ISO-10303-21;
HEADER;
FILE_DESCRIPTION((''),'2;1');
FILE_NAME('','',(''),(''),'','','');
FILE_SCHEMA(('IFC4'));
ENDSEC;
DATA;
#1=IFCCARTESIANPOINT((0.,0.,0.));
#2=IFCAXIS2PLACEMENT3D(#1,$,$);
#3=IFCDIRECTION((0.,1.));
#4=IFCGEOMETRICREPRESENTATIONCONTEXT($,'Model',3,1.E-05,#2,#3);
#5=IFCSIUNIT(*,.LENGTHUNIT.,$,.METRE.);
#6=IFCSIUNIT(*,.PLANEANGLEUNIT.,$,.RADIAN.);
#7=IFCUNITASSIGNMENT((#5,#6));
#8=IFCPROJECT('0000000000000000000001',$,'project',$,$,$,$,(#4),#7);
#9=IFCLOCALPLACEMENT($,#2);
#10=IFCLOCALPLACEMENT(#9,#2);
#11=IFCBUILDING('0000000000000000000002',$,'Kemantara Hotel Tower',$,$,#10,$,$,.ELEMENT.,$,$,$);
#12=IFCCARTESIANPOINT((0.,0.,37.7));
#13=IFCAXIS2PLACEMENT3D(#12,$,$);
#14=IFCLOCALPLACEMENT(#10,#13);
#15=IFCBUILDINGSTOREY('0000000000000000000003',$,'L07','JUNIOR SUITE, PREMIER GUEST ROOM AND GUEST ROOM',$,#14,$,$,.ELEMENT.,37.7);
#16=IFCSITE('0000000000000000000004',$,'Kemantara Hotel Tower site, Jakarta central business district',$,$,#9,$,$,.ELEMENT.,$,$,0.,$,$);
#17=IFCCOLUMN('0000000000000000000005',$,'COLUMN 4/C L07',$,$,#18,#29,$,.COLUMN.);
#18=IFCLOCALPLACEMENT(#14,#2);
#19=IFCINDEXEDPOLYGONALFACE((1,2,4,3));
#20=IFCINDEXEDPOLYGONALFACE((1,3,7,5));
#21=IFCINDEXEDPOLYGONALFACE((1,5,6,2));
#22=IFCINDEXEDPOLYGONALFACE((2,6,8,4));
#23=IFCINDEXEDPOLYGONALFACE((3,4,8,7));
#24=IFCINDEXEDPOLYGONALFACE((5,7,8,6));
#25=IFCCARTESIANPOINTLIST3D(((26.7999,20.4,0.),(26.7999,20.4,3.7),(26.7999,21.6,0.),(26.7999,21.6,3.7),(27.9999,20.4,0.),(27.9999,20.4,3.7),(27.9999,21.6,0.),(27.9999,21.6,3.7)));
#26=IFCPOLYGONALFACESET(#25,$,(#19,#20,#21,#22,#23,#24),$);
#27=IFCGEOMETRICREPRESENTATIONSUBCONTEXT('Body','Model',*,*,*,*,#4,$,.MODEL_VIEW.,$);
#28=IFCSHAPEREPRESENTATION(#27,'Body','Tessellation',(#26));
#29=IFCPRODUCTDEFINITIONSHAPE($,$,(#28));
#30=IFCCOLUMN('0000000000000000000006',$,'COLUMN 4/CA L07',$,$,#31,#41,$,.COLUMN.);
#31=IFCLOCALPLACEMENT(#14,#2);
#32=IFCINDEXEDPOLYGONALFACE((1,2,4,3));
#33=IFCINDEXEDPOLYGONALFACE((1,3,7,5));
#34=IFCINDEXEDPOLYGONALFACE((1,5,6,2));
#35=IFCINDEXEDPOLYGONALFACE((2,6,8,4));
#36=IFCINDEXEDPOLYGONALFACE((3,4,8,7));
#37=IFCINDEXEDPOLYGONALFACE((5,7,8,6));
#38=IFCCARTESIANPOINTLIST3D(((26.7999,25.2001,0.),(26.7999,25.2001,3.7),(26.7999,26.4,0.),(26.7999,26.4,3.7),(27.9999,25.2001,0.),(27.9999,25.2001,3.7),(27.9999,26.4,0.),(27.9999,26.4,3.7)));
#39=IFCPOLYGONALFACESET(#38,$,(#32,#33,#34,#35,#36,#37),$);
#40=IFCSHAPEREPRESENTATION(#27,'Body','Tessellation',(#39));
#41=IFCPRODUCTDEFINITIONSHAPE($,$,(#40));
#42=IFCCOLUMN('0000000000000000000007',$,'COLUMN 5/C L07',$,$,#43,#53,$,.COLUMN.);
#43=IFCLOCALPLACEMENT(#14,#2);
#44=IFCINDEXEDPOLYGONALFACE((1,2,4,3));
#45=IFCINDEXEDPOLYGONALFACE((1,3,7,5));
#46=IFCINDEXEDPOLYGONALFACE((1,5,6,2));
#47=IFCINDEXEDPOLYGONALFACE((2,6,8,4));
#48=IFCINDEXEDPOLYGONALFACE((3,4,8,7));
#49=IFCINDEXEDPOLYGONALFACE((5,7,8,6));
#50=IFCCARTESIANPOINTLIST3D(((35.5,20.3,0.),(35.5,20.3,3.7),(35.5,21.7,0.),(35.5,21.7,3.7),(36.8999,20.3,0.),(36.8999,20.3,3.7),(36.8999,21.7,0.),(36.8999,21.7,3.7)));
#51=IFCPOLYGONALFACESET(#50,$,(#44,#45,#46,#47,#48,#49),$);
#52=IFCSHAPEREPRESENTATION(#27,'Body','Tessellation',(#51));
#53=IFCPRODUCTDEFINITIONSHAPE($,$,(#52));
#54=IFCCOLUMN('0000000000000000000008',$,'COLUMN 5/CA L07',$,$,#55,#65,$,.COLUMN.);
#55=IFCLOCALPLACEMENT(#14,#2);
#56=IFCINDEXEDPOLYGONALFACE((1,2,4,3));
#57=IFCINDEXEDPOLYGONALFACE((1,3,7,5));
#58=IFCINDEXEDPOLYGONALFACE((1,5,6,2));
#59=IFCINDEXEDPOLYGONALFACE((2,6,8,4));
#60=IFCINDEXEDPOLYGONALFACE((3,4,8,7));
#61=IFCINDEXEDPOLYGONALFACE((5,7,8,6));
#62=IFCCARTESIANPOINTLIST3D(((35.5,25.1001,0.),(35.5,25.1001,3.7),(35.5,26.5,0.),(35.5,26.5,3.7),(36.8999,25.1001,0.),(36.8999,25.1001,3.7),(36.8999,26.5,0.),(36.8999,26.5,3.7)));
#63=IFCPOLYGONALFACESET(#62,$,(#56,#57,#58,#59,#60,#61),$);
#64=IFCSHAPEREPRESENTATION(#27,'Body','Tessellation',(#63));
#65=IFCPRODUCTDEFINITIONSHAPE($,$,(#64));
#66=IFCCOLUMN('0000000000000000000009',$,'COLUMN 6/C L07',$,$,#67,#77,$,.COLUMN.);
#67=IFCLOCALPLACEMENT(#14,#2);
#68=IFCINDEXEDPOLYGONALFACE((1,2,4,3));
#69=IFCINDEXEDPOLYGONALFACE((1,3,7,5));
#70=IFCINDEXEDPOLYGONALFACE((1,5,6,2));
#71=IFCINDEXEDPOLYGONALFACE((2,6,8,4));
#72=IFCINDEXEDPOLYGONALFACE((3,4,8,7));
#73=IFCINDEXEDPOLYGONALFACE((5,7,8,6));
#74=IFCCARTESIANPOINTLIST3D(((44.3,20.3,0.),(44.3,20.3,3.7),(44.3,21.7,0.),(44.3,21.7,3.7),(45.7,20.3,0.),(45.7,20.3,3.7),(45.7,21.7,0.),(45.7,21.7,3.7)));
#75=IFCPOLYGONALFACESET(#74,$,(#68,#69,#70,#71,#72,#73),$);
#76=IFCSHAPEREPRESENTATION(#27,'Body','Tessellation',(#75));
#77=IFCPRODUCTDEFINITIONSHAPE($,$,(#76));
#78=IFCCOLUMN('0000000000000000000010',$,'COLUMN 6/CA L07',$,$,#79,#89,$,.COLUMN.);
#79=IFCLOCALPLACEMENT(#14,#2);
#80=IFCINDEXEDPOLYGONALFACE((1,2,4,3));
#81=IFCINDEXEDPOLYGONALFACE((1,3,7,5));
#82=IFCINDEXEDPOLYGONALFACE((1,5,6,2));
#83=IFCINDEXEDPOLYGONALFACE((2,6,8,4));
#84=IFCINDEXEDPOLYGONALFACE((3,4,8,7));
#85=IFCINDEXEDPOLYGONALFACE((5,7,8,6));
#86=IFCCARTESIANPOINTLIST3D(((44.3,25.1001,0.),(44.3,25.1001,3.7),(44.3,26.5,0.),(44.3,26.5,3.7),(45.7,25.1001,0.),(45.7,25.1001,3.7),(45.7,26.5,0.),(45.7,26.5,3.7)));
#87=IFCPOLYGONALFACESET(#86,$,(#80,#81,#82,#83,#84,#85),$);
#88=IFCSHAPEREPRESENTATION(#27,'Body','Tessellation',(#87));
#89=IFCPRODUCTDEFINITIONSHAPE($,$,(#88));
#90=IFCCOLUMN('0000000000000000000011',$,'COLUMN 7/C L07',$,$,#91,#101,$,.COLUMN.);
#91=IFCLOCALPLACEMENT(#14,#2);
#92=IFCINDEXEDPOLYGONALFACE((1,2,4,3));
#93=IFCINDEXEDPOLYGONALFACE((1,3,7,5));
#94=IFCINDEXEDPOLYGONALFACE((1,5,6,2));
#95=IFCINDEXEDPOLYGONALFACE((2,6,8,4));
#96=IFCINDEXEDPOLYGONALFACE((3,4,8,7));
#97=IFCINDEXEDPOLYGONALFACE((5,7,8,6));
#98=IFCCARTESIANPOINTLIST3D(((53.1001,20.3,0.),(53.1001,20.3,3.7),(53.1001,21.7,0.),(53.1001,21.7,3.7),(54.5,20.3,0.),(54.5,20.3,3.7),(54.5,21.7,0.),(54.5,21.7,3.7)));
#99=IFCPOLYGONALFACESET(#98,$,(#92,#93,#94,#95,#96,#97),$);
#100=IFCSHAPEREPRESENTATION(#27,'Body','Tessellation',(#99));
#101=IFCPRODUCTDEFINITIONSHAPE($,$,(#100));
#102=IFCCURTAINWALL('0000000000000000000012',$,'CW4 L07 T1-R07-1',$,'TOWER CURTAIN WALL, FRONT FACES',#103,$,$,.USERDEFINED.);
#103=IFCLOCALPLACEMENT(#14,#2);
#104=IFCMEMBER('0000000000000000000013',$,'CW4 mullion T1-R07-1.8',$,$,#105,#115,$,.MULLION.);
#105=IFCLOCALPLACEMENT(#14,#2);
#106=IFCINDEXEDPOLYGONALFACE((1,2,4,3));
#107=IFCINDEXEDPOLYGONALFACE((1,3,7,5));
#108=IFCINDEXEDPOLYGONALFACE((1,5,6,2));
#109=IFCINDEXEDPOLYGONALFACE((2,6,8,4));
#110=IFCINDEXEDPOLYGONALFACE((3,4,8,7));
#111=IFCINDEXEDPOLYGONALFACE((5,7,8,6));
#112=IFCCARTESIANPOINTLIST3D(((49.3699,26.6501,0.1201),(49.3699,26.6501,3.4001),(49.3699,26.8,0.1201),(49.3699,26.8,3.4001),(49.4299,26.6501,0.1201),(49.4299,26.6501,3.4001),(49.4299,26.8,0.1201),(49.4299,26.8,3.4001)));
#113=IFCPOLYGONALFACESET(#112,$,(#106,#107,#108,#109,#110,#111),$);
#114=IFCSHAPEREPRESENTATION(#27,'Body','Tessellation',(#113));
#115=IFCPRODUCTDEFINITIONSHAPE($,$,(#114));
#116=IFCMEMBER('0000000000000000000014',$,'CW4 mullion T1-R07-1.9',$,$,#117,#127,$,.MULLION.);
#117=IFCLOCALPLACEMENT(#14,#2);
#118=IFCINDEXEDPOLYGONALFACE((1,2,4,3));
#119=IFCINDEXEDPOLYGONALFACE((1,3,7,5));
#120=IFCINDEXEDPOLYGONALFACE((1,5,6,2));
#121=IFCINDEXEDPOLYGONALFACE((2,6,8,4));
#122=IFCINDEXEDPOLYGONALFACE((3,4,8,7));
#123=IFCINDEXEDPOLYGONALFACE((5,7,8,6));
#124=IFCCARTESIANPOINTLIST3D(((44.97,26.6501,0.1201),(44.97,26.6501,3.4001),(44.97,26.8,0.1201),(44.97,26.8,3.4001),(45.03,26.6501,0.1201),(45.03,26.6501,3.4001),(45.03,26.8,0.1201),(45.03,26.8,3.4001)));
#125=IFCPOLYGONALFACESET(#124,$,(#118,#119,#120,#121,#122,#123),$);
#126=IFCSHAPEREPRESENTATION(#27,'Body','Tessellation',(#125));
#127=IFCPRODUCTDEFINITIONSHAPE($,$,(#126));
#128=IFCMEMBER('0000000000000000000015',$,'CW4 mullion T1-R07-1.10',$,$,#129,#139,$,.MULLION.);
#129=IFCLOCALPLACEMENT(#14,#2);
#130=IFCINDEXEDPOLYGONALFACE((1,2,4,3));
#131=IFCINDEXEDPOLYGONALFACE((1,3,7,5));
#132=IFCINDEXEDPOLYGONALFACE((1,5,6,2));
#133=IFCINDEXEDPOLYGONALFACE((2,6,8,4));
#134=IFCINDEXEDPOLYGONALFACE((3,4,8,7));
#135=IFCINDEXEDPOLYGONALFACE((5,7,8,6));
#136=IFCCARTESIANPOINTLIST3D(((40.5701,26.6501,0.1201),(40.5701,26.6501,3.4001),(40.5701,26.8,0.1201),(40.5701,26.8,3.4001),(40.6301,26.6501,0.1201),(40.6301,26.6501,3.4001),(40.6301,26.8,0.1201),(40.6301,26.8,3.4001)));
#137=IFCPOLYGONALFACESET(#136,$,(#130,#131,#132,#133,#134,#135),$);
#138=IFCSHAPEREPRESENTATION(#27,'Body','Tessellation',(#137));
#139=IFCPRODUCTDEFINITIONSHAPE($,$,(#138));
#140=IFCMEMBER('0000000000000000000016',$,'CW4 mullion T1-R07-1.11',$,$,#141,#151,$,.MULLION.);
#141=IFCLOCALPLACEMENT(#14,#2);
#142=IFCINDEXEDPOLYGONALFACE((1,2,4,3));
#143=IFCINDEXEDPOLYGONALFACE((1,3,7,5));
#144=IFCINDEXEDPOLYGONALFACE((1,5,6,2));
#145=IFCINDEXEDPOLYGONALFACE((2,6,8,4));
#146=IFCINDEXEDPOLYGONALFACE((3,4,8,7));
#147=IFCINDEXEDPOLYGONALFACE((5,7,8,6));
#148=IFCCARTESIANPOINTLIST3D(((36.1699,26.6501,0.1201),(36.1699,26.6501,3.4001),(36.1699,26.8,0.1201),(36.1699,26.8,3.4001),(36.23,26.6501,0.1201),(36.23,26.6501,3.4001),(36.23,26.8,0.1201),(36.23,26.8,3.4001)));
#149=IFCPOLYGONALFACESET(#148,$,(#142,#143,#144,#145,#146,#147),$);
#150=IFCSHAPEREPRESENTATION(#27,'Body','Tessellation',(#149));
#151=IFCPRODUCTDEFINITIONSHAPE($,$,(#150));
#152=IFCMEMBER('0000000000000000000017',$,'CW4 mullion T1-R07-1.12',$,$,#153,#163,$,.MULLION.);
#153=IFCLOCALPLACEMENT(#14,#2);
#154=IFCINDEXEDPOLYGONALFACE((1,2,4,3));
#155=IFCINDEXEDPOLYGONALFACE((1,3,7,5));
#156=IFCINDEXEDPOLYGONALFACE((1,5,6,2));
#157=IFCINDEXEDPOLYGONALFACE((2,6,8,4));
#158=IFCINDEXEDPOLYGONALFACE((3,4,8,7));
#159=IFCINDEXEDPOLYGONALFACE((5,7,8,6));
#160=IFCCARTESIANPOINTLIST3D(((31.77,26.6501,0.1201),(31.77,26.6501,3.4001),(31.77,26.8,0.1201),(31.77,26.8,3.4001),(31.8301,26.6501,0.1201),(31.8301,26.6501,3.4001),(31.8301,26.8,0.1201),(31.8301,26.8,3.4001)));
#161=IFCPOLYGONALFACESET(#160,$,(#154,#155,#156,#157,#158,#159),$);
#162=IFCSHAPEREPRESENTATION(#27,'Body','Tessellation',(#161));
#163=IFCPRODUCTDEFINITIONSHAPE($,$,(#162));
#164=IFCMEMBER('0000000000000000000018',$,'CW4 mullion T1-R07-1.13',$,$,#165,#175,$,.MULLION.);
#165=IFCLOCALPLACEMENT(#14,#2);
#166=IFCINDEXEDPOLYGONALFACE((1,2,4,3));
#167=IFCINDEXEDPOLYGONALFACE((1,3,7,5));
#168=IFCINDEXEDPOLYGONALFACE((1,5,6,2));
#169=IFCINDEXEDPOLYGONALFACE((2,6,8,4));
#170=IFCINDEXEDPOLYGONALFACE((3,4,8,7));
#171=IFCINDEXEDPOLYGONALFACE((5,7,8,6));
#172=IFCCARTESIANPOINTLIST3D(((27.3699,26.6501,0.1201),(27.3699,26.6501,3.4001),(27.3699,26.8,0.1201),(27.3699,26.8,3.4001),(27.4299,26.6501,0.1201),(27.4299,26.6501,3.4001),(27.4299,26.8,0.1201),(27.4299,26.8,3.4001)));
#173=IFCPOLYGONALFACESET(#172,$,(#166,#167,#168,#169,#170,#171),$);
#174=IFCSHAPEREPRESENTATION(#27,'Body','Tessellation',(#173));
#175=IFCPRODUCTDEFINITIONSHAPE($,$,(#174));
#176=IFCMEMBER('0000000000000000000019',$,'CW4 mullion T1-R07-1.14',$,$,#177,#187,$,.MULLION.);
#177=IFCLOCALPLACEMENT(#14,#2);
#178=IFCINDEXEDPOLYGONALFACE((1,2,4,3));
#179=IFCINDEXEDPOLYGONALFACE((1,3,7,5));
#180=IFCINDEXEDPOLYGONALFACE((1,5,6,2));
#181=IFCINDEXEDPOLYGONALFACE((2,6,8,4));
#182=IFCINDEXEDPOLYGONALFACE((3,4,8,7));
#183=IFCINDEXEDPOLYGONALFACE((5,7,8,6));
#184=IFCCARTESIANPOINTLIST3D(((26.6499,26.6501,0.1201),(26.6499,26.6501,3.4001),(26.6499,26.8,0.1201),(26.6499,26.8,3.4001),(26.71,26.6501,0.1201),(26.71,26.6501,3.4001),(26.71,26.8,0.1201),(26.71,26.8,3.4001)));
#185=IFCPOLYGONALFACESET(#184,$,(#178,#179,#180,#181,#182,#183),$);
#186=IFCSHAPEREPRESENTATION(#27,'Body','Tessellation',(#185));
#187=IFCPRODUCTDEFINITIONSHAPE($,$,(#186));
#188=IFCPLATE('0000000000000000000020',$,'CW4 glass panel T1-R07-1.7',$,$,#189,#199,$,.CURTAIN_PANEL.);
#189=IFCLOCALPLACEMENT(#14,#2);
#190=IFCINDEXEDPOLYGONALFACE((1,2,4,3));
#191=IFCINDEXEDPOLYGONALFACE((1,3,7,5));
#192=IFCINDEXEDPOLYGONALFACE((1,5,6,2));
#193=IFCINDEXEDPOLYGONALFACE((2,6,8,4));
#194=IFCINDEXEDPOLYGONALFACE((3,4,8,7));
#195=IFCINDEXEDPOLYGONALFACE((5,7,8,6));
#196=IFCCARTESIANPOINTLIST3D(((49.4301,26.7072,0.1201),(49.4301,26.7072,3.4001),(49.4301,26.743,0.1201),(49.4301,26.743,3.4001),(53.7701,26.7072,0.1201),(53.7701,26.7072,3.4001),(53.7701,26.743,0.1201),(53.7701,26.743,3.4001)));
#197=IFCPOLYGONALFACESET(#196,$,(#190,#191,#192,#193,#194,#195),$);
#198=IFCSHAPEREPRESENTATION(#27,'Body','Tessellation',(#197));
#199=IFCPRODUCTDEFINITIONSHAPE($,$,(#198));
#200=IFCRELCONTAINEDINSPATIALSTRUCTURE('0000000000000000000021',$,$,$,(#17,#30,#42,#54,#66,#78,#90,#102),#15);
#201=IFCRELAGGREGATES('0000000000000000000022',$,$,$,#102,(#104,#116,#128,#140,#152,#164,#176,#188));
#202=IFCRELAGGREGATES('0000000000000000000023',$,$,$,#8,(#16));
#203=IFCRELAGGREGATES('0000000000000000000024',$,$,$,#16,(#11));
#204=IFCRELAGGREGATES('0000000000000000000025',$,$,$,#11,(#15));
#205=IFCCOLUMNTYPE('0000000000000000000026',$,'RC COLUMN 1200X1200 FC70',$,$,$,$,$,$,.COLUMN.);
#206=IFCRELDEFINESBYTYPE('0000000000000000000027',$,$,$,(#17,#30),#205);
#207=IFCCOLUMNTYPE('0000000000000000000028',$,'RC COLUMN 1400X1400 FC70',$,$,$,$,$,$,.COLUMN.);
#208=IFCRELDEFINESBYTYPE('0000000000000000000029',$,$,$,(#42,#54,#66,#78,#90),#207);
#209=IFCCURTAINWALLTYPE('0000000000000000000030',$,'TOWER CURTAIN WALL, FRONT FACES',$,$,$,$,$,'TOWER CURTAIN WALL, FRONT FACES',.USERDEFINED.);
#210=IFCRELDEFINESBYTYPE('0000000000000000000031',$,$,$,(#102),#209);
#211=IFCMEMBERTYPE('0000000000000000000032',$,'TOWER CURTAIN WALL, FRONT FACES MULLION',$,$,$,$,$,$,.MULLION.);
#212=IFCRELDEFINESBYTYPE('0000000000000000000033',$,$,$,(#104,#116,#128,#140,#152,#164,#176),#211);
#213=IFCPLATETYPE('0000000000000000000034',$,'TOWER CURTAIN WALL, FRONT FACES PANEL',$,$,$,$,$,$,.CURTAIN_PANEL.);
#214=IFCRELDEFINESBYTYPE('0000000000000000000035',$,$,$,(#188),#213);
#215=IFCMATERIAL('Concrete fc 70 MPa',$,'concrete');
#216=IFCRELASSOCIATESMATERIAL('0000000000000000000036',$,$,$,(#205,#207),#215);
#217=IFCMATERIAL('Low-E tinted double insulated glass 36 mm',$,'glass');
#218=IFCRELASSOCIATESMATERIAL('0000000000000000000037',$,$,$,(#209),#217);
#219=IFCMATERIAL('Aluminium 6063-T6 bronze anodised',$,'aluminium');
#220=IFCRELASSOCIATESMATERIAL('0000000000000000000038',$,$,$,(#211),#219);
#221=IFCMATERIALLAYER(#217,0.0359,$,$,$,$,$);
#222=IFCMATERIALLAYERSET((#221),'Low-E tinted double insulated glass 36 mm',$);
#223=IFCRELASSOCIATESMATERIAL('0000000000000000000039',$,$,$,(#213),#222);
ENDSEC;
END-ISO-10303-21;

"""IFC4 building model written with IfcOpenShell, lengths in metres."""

from ifc_helpers import new_model, si_unit, direction, frame, origin, origin_2d, place, context, subcontext, project, spatial, rectangle, extrude, source, transform, mapped, material, layer, layer_set, material_profile, profile_set, type_object, element, aggregate, save


model = new_model("IFC4")

# Units and contexts
model_context = context("Model", 3, precision=1e-05, world=origin(), true_north=direction((0.0, 1.0)))
body_context = subcontext(model_context, "Body", "Model", "MODEL_VIEW")
ifc_project = project(units=[si_unit("LENGTHUNIT", "METRE"), si_unit("PLANEANGLEUNIT", "RADIAN")], contexts=[model_context])

# Site, building, storey
site_placement = place(None, origin())
site = spatial("IfcSite", under=ifc_project, at=site_placement, Name="Kemantara Hotel Tower site, Jakarta central business district", CompositionType="ELEMENT", RefElevation=0.0)
building_placement = place(site_placement, origin())
building = spatial("IfcBuilding", under=site, at=building_placement, Name="Kemantara Hotel Tower", CompositionType="ELEMENT")
storey_placement = place(building_placement, frame((0.0, 0.0, 37.7)))
storey = spatial("IfcBuildingStorey", under=building, at=storey_placement, Name="L07", Description="JUNIOR SUITE, PREMIER GUEST ROOM AND GUEST ROOM", CompositionType="ELEMENT", Elevation=37.7)

# Columns
ifc_material_1 = material(Name="Concrete fc 70 MPa", Category="concrete")
ifc_material_profile_1 = material_profile(ifc_material_1, rectangle(XDim=1.2, YDim=1.2, at=origin_2d()), Name="RC 1200X1200")
ifc_profile_set_1 = profile_set([ifc_material_profile_1], Name="Concrete fc 70 MPa")
column_type_1 = type_object("IfcColumnType", Name="RC COLUMN 1200X1200 FC70", PredefinedType="COLUMN", material=ifc_profile_set_1)
for number, where, z_axis, x_axis, name in (
    (1, (27.3999, 21.0, 0.0), (0.0, 0.0, 1.0), (1.0, 0.0, 0.0), "COLUMN 4/C L07"),
    (2, (27.3999, 25.8, 0.0), (0.0, 0.0, 1.0), (1.0, 0.0, 0.0), "COLUMN 4/CA L07"),
):
    element("IfcColumn", number, at=place(storey_placement, frame(where, z_axis=z_axis, x_axis=x_axis)), inside=storey, type_object=column_type_1, Name=name, PredefinedType="COLUMN", context=body_context, shape_type="SweptSolid", body=[
        extrude(rectangle(XDim=1.2, YDim=1.2, at=origin_2d()), origin(), (0.0, 0.0, 1.0), 3.7),
    ])
ifc_material_profile_2 = material_profile(ifc_material_1, rectangle(XDim=1.3999, YDim=1.3999, at=origin_2d()), Name="RC 1400X1400")
ifc_profile_set_2 = profile_set([ifc_material_profile_2], Name="Concrete fc 70 MPa")
column_type_2 = type_object("IfcColumnType", Name="RC COLUMN 1400X1400 FC70", PredefinedType="COLUMN", material=ifc_profile_set_2)
for number, where, z_axis, x_axis, name in (
    (3, (36.2, 21.0, 0.0), (0.0, 0.0, 1.0), (1.0, 0.0, 0.0), "COLUMN 5/C L07"),
    (4, (36.2, 25.8, 0.0), (0.0, 0.0, 1.0), (1.0, 0.0, 0.0), "COLUMN 5/CA L07"),
    (5, (45.0, 21.0, 0.0), (0.0, 0.0, 1.0), (1.0, 0.0, 0.0), "COLUMN 6/C L07"),
    (6, (45.0, 25.8, 0.0), (0.0, 0.0, 1.0), (1.0, 0.0, 0.0), "COLUMN 6/CA L07"),
    (7, (53.8, 21.0, 0.0), (0.0, 0.0, 1.0), (1.0, 0.0, 0.0), "COLUMN 7/C L07"),
):
    element("IfcColumn", number, at=place(storey_placement, frame(where, z_axis=z_axis, x_axis=x_axis)), inside=storey, type_object=column_type_2, Name=name, PredefinedType="COLUMN", context=body_context, shape_type="SweptSolid", body=[
        extrude(rectangle(XDim=1.3999, YDim=1.3999, at=origin_2d()), origin(), (0.0, 0.0, 1.0), 3.7),
    ])

# Curtain wall, members, plate
ifc_material_2 = material(Name="Low-E tinted double insulated glass 36 mm", Category="glass")
curtain_wall_type = type_object("IfcCurtainWallType", Name="TOWER CURTAIN WALL, FRONT FACES", ElementType="TOWER CURTAIN WALL, FRONT FACES", PredefinedType="USERDEFINED", material=ifc_material_2)
curtain_wall_placement = place(storey_placement, origin())
curtain_wall = element("IfcCurtainWall", 8, at=curtain_wall_placement, inside=storey, type_object=curtain_wall_type, Name="CW4 L07 T1-R07-1", ObjectType="TOWER CURTAIN WALL, FRONT FACES", PredefinedType="USERDEFINED")
ifc_material_3 = material(Name="Aluminium 6063-T6 bronze anodised", Category="aluminium")
ifc_material_profile_3 = material_profile(ifc_material_3, rectangle(XDim=0.1499, YDim=0.0601, at=origin_2d()), Name="TOWER CURTAIN WALL, FRONT FACES MULLION")
ifc_profile_set_3 = profile_set([ifc_material_profile_3], Name="Aluminium 6063-T6 bronze anodised")
member_type = type_object("IfcMemberType", Name="TOWER CURTAIN WALL, FRONT FACES MULLION", PredefinedType="MULLION", material=ifc_profile_set_3)
shared_shape_1 = source(origin(), body_context, "Body", "SweptSolid", [
    extrude(rectangle(XDim=0.1499, YDim=0.0601, at=origin_2d()), origin(), (0.0, 0.0, 1.0), 3.28),
])
member_1_placement = place(storey_placement, frame((49.3999, 26.7251, 0.1201), z_axis=(0.0, 0.0, 1.0), x_axis=(0.0, -1.0, 0.0)))
member_1 = element("IfcMember", 9, at=member_1_placement, type_object=member_type, Name="CW4 mullion T1-R07-1.8", PredefinedType="MULLION", context=body_context, shape_type="MappedRepresentation", body=[
    mapped(shared_shape_1, transform((0.0, 0.0, 0.0))),
])
member_2_placement = place(storey_placement, frame((45.0, 26.7251, 0.1201), z_axis=(0.0, 0.0, 1.0), x_axis=(0.0, -1.0, 0.0)))
member_2 = element("IfcMember", 10, at=member_2_placement, type_object=member_type, Name="CW4 mullion T1-R07-1.9", PredefinedType="MULLION", context=body_context, shape_type="MappedRepresentation", body=[
    mapped(shared_shape_1, transform((0.0, 0.0, 0.0))),
])
member_3_placement = place(storey_placement, frame((40.6001, 26.7251, 0.1201), z_axis=(0.0, 0.0, 1.0), x_axis=(0.0, -1.0, 0.0)))
member_3 = element("IfcMember", 11, at=member_3_placement, type_object=member_type, Name="CW4 mullion T1-R07-1.10", PredefinedType="MULLION", context=body_context, shape_type="MappedRepresentation", body=[
    mapped(shared_shape_1, transform((0.0, 0.0, 0.0))),
])
member_4_placement = place(storey_placement, frame((36.2, 26.7251, 0.1201), z_axis=(0.0, 0.0, 1.0), x_axis=(0.0, -1.0, 0.0)))
member_4 = element("IfcMember", 12, at=member_4_placement, type_object=member_type, Name="CW4 mullion T1-R07-1.11", PredefinedType="MULLION", context=body_context, shape_type="MappedRepresentation", body=[
    mapped(shared_shape_1, transform((0.0, 0.0, 0.0))),
])
member_5_placement = place(storey_placement, frame((31.8, 26.7251, 0.1201), z_axis=(0.0, 0.0, 1.0), x_axis=(0.0, -1.0, 0.0)))
member_5 = element("IfcMember", 13, at=member_5_placement, type_object=member_type, Name="CW4 mullion T1-R07-1.12", PredefinedType="MULLION", context=body_context, shape_type="MappedRepresentation", body=[
    mapped(shared_shape_1, transform((0.0, 0.0, 0.0))),
])
member_6_placement = place(storey_placement, frame((27.3999, 26.7251, 0.1201), z_axis=(0.0, 0.0, 1.0), x_axis=(0.0, -1.0, 0.0)))
member_6 = element("IfcMember", 14, at=member_6_placement, type_object=member_type, Name="CW4 mullion T1-R07-1.13", PredefinedType="MULLION", context=body_context, shape_type="MappedRepresentation", body=[
    mapped(shared_shape_1, transform((0.0, 0.0, 0.0))),
])
member_7_placement = place(storey_placement, frame((26.6799, 26.7251, 0.1201), z_axis=(0.0, 0.0, 1.0), x_axis=(0.0, -1.0, 0.0)))
member_7 = element("IfcMember", 15, at=member_7_placement, type_object=member_type, Name="CW4 mullion T1-R07-1.14", PredefinedType="MULLION", context=body_context, shape_type="MappedRepresentation", body=[
    mapped(shared_shape_1, transform((0.0, 0.0, 0.0))),
])
ifc_layer_1 = layer(ifc_material_2, 0.0359)
ifc_layer_set_1 = layer_set([ifc_layer_1], Name="Low-E tinted double insulated glass 36 mm")
plate_type = type_object("IfcPlateType", Name="TOWER CURTAIN WALL, FRONT FACES PANEL", PredefinedType="CURTAIN_PANEL", material=ifc_layer_set_1)
shared_shape_2 = source(origin(), body_context, "Body", "SweptSolid", [
    extrude(rectangle(XDim=4.3401, YDim=0.0359, at=origin_2d()), origin(), (0.0, 0.0, 1.0), 3.28),
])
plate_1_placement = place(storey_placement, frame((51.6001, 26.7251, 0.1201), z_axis=(0.0, 0.0, 1.0), x_axis=(-1.0, 0.0, 0.0)))
plate_1 = element("IfcPlate", 16, at=plate_1_placement, type_object=plate_type, Name="CW4 glass panel T1-R07-1.7", PredefinedType="CURTAIN_PANEL", context=body_context, shape_type="MappedRepresentation", body=[
    mapped(shared_shape_2, transform((0.0, 0.0, 0.0))),
])
aggregate(curtain_wall, [member_1, member_2, member_3, member_4, member_5, member_6, member_7, plate_1])

save(model, "model.ifc")
